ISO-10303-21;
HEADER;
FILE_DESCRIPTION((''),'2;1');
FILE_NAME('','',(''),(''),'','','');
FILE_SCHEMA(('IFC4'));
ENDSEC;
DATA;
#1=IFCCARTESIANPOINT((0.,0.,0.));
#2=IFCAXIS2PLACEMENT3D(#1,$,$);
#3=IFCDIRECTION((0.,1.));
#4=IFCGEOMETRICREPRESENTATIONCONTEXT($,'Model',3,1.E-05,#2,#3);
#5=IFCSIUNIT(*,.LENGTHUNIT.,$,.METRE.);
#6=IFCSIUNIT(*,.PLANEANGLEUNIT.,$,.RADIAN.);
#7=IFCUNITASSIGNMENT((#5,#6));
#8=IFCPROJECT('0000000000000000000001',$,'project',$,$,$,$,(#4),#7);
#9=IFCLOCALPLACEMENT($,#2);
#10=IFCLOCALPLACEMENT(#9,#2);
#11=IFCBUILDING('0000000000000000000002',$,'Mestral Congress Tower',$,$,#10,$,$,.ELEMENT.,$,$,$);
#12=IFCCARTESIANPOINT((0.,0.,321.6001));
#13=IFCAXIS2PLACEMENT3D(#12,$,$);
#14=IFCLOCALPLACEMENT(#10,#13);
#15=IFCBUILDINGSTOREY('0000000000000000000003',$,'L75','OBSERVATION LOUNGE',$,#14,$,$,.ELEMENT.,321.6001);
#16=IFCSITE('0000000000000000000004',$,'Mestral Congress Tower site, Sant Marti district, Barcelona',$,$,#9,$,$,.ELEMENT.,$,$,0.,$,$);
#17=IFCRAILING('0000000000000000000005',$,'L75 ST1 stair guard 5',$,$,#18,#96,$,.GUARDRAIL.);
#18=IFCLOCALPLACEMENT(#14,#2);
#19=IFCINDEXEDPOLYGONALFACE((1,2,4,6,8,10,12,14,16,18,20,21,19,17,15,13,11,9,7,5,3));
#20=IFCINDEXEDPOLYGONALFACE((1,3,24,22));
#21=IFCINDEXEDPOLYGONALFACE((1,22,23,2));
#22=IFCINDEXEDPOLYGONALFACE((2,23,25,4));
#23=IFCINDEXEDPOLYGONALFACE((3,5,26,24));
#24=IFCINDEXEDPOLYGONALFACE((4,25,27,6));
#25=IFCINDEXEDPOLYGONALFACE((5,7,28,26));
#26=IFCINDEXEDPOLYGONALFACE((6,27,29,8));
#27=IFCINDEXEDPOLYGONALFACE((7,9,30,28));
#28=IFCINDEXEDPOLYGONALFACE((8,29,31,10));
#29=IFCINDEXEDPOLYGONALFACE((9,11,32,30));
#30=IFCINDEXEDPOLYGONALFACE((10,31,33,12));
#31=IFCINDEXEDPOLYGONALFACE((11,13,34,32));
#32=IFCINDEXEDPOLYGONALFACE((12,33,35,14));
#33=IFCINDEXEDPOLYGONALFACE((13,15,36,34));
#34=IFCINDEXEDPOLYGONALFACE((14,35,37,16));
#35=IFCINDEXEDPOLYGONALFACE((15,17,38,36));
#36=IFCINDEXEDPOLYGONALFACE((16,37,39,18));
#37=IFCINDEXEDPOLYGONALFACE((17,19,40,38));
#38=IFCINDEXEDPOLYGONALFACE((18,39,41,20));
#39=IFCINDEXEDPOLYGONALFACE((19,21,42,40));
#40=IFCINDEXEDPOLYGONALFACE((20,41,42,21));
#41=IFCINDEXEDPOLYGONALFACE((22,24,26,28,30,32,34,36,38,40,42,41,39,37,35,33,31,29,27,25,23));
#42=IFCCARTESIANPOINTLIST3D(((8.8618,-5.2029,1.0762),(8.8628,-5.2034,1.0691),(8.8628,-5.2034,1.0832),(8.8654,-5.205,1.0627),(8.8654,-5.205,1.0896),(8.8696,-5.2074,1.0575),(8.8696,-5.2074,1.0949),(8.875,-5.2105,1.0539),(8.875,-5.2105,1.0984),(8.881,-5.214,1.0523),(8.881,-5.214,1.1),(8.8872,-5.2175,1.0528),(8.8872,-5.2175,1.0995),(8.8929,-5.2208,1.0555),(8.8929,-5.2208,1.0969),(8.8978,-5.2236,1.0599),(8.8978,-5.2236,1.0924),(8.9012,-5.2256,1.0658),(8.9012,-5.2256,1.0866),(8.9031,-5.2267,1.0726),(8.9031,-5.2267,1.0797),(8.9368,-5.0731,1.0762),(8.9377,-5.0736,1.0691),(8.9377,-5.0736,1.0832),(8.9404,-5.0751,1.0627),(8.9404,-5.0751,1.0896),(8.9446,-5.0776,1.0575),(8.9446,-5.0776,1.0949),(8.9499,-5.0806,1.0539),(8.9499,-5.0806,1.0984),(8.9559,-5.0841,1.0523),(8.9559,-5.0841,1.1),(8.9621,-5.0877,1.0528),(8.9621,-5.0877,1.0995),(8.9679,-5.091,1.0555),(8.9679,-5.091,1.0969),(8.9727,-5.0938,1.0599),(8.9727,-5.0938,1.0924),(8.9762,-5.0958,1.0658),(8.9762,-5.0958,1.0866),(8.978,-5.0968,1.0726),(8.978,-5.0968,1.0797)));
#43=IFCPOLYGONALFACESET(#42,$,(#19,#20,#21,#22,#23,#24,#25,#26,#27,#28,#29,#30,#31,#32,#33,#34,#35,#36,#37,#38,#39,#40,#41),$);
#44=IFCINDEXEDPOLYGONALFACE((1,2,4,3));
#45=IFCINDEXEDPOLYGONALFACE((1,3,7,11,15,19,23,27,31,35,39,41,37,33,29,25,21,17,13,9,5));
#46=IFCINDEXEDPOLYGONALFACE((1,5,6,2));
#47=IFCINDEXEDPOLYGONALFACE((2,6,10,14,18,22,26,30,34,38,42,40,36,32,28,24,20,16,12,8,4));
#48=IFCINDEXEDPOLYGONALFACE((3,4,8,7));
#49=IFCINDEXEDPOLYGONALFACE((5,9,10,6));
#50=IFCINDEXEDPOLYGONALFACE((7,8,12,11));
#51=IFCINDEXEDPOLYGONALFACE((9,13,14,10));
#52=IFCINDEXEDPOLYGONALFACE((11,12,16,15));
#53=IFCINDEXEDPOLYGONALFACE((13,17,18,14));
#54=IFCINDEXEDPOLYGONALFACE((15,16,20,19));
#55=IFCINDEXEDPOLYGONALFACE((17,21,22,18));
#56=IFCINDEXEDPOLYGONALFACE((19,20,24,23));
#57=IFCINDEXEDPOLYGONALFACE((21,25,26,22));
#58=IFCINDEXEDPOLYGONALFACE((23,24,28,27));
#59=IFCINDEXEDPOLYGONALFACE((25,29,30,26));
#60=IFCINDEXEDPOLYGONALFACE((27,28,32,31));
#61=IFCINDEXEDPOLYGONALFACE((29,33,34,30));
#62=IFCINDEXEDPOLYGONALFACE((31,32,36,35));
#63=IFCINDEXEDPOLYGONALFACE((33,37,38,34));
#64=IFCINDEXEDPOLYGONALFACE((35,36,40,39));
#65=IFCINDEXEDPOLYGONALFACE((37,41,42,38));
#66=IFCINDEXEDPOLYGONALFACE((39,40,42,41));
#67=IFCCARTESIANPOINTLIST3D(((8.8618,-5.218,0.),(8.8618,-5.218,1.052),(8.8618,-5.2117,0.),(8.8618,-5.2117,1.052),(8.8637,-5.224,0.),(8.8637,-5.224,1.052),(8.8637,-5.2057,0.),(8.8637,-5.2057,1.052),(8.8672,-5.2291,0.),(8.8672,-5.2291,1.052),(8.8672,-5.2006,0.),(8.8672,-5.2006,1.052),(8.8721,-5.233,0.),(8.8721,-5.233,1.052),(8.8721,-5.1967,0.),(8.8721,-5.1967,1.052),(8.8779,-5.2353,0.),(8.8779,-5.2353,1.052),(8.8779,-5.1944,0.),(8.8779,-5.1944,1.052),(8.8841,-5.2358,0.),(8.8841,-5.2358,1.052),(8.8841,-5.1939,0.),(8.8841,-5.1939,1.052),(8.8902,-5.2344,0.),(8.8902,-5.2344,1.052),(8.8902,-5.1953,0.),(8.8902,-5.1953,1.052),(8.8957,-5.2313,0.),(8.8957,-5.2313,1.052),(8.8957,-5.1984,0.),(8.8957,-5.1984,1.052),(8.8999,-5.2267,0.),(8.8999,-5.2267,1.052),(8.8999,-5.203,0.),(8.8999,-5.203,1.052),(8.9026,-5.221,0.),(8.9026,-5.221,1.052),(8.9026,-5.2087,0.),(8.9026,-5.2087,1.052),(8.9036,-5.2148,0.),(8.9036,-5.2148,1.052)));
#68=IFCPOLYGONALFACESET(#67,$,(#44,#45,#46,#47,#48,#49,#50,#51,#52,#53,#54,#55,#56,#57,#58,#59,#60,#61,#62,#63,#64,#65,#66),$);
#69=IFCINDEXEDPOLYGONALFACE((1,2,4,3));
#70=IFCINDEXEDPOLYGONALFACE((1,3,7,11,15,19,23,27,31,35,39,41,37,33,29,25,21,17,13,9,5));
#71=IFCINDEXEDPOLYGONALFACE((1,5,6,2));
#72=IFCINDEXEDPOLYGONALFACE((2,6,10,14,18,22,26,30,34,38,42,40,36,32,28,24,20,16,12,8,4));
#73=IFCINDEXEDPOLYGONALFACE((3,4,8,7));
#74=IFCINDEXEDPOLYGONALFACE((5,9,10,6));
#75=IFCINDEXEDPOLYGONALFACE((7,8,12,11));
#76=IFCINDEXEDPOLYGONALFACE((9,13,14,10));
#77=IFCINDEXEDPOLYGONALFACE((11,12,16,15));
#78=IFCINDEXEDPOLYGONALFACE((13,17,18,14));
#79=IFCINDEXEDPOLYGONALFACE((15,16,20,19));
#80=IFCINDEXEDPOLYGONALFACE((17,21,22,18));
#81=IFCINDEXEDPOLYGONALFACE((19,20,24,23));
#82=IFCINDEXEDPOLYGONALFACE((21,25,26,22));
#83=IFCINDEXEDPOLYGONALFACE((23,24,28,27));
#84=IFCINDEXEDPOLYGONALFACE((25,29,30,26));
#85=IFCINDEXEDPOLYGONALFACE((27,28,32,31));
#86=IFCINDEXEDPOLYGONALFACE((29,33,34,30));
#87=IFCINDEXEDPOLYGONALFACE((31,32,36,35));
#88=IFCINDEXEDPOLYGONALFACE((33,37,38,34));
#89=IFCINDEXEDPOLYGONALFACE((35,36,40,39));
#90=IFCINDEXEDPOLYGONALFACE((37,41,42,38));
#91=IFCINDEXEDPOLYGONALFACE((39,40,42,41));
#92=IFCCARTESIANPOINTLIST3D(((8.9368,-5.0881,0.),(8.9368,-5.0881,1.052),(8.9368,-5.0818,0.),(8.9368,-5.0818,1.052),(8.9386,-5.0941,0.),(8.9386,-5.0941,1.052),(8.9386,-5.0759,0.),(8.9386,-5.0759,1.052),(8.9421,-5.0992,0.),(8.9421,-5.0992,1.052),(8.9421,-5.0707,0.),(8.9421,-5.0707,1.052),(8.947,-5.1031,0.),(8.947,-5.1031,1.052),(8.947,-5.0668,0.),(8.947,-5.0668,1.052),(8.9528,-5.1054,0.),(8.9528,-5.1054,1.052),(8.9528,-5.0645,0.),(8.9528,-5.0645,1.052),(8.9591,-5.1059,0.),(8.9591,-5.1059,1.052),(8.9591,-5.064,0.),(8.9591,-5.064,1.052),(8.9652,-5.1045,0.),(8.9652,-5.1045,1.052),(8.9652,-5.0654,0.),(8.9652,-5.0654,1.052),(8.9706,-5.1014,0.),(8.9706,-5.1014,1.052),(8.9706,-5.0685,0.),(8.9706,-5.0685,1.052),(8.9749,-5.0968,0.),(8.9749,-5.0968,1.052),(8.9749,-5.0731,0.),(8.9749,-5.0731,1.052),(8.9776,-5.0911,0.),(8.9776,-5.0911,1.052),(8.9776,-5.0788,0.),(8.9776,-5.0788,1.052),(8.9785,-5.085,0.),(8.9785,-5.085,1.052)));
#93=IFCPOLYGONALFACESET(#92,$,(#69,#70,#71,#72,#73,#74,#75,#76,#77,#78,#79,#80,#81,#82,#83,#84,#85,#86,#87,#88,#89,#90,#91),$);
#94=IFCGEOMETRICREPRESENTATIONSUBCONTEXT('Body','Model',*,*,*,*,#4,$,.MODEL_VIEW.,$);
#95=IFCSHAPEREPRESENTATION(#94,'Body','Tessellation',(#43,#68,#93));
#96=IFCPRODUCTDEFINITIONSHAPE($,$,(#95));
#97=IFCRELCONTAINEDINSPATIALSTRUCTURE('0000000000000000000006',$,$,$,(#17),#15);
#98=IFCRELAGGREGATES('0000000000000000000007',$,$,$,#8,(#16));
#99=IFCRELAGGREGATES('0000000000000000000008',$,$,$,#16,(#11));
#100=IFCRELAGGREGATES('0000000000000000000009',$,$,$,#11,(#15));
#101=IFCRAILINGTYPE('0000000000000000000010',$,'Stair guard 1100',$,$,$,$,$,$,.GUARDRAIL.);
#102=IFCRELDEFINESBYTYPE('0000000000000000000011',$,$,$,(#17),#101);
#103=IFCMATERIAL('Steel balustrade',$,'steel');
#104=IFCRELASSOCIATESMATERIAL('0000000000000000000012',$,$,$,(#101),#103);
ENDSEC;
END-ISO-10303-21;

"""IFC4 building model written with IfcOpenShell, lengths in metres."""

from ifc_helpers import new_model, si_unit, direction, frame, origin, origin_2d, place, context, subcontext, project, spatial, circle, extrude, material, type_object, element, save


model = new_model("IFC4")

# Units and contexts
model_context = context("Model", 3, precision=1e-05, world=origin(), true_north=direction((0.0, 1.0)))
body_context = subcontext(model_context, "Body", "Model", "MODEL_VIEW")
ifc_project = project(units=[si_unit("LENGTHUNIT", "METRE"), si_unit("PLANEANGLEUNIT", "RADIAN")], contexts=[model_context])

# Site, building, storey
site_placement = place(None, origin())
site = spatial("IfcSite", under=ifc_project, at=site_placement, Name="Mestral Congress Tower site, Sant Marti district, Barcelona", CompositionType="ELEMENT", RefElevation=0.0)
building_placement = place(site_placement, origin())
building = spatial("IfcBuilding", under=site, at=building_placement, Name="Mestral Congress Tower", CompositionType="ELEMENT")
storey_placement = place(building_placement, frame((0.0, 0.0, 321.6001)))
storey = spatial("IfcBuildingStorey", under=building, at=storey_placement, Name="L75", Description="OBSERVATION LOUNGE", CompositionType="ELEMENT", Elevation=321.6001)

# Railing
ifc_material_1 = material(Name="Steel balustrade", Category="steel")
railing_type = type_object("IfcRailingType", Name="Stair guard 1100", PredefinedType="GUARDRAIL", material=ifc_material_1)
railing_1_placement = place(storey_placement, frame((8.8826, -5.2148, 0.0)))
element("IfcRailing", 1, at=railing_1_placement, inside=storey, type_object=railing_type, Name="L75 ST1 stair guard 5", PredefinedType="GUARDRAIL", context=body_context, shape_type="SweptSolid", body=[
    extrude(circle(Radius=0.0239, at=origin_2d()), frame((0.0, 0.0, 1.0762), z_axis=(0.499816, 0.866131, 0.0), x_axis=(-0.866131, 0.499816, 0.0)), (0.0, 0.0, 1.0), 0.1499),
    extrude(circle(Radius=0.021, at=origin_2d()), origin(), (0.0, 0.0, 1.0), 1.052),
    extrude(circle(Radius=0.021, at=origin_2d()), frame((0.075, 0.1299, 0.0)), (0.0, 0.0, 1.0), 1.052),
])

save(model, "model.ifc")
